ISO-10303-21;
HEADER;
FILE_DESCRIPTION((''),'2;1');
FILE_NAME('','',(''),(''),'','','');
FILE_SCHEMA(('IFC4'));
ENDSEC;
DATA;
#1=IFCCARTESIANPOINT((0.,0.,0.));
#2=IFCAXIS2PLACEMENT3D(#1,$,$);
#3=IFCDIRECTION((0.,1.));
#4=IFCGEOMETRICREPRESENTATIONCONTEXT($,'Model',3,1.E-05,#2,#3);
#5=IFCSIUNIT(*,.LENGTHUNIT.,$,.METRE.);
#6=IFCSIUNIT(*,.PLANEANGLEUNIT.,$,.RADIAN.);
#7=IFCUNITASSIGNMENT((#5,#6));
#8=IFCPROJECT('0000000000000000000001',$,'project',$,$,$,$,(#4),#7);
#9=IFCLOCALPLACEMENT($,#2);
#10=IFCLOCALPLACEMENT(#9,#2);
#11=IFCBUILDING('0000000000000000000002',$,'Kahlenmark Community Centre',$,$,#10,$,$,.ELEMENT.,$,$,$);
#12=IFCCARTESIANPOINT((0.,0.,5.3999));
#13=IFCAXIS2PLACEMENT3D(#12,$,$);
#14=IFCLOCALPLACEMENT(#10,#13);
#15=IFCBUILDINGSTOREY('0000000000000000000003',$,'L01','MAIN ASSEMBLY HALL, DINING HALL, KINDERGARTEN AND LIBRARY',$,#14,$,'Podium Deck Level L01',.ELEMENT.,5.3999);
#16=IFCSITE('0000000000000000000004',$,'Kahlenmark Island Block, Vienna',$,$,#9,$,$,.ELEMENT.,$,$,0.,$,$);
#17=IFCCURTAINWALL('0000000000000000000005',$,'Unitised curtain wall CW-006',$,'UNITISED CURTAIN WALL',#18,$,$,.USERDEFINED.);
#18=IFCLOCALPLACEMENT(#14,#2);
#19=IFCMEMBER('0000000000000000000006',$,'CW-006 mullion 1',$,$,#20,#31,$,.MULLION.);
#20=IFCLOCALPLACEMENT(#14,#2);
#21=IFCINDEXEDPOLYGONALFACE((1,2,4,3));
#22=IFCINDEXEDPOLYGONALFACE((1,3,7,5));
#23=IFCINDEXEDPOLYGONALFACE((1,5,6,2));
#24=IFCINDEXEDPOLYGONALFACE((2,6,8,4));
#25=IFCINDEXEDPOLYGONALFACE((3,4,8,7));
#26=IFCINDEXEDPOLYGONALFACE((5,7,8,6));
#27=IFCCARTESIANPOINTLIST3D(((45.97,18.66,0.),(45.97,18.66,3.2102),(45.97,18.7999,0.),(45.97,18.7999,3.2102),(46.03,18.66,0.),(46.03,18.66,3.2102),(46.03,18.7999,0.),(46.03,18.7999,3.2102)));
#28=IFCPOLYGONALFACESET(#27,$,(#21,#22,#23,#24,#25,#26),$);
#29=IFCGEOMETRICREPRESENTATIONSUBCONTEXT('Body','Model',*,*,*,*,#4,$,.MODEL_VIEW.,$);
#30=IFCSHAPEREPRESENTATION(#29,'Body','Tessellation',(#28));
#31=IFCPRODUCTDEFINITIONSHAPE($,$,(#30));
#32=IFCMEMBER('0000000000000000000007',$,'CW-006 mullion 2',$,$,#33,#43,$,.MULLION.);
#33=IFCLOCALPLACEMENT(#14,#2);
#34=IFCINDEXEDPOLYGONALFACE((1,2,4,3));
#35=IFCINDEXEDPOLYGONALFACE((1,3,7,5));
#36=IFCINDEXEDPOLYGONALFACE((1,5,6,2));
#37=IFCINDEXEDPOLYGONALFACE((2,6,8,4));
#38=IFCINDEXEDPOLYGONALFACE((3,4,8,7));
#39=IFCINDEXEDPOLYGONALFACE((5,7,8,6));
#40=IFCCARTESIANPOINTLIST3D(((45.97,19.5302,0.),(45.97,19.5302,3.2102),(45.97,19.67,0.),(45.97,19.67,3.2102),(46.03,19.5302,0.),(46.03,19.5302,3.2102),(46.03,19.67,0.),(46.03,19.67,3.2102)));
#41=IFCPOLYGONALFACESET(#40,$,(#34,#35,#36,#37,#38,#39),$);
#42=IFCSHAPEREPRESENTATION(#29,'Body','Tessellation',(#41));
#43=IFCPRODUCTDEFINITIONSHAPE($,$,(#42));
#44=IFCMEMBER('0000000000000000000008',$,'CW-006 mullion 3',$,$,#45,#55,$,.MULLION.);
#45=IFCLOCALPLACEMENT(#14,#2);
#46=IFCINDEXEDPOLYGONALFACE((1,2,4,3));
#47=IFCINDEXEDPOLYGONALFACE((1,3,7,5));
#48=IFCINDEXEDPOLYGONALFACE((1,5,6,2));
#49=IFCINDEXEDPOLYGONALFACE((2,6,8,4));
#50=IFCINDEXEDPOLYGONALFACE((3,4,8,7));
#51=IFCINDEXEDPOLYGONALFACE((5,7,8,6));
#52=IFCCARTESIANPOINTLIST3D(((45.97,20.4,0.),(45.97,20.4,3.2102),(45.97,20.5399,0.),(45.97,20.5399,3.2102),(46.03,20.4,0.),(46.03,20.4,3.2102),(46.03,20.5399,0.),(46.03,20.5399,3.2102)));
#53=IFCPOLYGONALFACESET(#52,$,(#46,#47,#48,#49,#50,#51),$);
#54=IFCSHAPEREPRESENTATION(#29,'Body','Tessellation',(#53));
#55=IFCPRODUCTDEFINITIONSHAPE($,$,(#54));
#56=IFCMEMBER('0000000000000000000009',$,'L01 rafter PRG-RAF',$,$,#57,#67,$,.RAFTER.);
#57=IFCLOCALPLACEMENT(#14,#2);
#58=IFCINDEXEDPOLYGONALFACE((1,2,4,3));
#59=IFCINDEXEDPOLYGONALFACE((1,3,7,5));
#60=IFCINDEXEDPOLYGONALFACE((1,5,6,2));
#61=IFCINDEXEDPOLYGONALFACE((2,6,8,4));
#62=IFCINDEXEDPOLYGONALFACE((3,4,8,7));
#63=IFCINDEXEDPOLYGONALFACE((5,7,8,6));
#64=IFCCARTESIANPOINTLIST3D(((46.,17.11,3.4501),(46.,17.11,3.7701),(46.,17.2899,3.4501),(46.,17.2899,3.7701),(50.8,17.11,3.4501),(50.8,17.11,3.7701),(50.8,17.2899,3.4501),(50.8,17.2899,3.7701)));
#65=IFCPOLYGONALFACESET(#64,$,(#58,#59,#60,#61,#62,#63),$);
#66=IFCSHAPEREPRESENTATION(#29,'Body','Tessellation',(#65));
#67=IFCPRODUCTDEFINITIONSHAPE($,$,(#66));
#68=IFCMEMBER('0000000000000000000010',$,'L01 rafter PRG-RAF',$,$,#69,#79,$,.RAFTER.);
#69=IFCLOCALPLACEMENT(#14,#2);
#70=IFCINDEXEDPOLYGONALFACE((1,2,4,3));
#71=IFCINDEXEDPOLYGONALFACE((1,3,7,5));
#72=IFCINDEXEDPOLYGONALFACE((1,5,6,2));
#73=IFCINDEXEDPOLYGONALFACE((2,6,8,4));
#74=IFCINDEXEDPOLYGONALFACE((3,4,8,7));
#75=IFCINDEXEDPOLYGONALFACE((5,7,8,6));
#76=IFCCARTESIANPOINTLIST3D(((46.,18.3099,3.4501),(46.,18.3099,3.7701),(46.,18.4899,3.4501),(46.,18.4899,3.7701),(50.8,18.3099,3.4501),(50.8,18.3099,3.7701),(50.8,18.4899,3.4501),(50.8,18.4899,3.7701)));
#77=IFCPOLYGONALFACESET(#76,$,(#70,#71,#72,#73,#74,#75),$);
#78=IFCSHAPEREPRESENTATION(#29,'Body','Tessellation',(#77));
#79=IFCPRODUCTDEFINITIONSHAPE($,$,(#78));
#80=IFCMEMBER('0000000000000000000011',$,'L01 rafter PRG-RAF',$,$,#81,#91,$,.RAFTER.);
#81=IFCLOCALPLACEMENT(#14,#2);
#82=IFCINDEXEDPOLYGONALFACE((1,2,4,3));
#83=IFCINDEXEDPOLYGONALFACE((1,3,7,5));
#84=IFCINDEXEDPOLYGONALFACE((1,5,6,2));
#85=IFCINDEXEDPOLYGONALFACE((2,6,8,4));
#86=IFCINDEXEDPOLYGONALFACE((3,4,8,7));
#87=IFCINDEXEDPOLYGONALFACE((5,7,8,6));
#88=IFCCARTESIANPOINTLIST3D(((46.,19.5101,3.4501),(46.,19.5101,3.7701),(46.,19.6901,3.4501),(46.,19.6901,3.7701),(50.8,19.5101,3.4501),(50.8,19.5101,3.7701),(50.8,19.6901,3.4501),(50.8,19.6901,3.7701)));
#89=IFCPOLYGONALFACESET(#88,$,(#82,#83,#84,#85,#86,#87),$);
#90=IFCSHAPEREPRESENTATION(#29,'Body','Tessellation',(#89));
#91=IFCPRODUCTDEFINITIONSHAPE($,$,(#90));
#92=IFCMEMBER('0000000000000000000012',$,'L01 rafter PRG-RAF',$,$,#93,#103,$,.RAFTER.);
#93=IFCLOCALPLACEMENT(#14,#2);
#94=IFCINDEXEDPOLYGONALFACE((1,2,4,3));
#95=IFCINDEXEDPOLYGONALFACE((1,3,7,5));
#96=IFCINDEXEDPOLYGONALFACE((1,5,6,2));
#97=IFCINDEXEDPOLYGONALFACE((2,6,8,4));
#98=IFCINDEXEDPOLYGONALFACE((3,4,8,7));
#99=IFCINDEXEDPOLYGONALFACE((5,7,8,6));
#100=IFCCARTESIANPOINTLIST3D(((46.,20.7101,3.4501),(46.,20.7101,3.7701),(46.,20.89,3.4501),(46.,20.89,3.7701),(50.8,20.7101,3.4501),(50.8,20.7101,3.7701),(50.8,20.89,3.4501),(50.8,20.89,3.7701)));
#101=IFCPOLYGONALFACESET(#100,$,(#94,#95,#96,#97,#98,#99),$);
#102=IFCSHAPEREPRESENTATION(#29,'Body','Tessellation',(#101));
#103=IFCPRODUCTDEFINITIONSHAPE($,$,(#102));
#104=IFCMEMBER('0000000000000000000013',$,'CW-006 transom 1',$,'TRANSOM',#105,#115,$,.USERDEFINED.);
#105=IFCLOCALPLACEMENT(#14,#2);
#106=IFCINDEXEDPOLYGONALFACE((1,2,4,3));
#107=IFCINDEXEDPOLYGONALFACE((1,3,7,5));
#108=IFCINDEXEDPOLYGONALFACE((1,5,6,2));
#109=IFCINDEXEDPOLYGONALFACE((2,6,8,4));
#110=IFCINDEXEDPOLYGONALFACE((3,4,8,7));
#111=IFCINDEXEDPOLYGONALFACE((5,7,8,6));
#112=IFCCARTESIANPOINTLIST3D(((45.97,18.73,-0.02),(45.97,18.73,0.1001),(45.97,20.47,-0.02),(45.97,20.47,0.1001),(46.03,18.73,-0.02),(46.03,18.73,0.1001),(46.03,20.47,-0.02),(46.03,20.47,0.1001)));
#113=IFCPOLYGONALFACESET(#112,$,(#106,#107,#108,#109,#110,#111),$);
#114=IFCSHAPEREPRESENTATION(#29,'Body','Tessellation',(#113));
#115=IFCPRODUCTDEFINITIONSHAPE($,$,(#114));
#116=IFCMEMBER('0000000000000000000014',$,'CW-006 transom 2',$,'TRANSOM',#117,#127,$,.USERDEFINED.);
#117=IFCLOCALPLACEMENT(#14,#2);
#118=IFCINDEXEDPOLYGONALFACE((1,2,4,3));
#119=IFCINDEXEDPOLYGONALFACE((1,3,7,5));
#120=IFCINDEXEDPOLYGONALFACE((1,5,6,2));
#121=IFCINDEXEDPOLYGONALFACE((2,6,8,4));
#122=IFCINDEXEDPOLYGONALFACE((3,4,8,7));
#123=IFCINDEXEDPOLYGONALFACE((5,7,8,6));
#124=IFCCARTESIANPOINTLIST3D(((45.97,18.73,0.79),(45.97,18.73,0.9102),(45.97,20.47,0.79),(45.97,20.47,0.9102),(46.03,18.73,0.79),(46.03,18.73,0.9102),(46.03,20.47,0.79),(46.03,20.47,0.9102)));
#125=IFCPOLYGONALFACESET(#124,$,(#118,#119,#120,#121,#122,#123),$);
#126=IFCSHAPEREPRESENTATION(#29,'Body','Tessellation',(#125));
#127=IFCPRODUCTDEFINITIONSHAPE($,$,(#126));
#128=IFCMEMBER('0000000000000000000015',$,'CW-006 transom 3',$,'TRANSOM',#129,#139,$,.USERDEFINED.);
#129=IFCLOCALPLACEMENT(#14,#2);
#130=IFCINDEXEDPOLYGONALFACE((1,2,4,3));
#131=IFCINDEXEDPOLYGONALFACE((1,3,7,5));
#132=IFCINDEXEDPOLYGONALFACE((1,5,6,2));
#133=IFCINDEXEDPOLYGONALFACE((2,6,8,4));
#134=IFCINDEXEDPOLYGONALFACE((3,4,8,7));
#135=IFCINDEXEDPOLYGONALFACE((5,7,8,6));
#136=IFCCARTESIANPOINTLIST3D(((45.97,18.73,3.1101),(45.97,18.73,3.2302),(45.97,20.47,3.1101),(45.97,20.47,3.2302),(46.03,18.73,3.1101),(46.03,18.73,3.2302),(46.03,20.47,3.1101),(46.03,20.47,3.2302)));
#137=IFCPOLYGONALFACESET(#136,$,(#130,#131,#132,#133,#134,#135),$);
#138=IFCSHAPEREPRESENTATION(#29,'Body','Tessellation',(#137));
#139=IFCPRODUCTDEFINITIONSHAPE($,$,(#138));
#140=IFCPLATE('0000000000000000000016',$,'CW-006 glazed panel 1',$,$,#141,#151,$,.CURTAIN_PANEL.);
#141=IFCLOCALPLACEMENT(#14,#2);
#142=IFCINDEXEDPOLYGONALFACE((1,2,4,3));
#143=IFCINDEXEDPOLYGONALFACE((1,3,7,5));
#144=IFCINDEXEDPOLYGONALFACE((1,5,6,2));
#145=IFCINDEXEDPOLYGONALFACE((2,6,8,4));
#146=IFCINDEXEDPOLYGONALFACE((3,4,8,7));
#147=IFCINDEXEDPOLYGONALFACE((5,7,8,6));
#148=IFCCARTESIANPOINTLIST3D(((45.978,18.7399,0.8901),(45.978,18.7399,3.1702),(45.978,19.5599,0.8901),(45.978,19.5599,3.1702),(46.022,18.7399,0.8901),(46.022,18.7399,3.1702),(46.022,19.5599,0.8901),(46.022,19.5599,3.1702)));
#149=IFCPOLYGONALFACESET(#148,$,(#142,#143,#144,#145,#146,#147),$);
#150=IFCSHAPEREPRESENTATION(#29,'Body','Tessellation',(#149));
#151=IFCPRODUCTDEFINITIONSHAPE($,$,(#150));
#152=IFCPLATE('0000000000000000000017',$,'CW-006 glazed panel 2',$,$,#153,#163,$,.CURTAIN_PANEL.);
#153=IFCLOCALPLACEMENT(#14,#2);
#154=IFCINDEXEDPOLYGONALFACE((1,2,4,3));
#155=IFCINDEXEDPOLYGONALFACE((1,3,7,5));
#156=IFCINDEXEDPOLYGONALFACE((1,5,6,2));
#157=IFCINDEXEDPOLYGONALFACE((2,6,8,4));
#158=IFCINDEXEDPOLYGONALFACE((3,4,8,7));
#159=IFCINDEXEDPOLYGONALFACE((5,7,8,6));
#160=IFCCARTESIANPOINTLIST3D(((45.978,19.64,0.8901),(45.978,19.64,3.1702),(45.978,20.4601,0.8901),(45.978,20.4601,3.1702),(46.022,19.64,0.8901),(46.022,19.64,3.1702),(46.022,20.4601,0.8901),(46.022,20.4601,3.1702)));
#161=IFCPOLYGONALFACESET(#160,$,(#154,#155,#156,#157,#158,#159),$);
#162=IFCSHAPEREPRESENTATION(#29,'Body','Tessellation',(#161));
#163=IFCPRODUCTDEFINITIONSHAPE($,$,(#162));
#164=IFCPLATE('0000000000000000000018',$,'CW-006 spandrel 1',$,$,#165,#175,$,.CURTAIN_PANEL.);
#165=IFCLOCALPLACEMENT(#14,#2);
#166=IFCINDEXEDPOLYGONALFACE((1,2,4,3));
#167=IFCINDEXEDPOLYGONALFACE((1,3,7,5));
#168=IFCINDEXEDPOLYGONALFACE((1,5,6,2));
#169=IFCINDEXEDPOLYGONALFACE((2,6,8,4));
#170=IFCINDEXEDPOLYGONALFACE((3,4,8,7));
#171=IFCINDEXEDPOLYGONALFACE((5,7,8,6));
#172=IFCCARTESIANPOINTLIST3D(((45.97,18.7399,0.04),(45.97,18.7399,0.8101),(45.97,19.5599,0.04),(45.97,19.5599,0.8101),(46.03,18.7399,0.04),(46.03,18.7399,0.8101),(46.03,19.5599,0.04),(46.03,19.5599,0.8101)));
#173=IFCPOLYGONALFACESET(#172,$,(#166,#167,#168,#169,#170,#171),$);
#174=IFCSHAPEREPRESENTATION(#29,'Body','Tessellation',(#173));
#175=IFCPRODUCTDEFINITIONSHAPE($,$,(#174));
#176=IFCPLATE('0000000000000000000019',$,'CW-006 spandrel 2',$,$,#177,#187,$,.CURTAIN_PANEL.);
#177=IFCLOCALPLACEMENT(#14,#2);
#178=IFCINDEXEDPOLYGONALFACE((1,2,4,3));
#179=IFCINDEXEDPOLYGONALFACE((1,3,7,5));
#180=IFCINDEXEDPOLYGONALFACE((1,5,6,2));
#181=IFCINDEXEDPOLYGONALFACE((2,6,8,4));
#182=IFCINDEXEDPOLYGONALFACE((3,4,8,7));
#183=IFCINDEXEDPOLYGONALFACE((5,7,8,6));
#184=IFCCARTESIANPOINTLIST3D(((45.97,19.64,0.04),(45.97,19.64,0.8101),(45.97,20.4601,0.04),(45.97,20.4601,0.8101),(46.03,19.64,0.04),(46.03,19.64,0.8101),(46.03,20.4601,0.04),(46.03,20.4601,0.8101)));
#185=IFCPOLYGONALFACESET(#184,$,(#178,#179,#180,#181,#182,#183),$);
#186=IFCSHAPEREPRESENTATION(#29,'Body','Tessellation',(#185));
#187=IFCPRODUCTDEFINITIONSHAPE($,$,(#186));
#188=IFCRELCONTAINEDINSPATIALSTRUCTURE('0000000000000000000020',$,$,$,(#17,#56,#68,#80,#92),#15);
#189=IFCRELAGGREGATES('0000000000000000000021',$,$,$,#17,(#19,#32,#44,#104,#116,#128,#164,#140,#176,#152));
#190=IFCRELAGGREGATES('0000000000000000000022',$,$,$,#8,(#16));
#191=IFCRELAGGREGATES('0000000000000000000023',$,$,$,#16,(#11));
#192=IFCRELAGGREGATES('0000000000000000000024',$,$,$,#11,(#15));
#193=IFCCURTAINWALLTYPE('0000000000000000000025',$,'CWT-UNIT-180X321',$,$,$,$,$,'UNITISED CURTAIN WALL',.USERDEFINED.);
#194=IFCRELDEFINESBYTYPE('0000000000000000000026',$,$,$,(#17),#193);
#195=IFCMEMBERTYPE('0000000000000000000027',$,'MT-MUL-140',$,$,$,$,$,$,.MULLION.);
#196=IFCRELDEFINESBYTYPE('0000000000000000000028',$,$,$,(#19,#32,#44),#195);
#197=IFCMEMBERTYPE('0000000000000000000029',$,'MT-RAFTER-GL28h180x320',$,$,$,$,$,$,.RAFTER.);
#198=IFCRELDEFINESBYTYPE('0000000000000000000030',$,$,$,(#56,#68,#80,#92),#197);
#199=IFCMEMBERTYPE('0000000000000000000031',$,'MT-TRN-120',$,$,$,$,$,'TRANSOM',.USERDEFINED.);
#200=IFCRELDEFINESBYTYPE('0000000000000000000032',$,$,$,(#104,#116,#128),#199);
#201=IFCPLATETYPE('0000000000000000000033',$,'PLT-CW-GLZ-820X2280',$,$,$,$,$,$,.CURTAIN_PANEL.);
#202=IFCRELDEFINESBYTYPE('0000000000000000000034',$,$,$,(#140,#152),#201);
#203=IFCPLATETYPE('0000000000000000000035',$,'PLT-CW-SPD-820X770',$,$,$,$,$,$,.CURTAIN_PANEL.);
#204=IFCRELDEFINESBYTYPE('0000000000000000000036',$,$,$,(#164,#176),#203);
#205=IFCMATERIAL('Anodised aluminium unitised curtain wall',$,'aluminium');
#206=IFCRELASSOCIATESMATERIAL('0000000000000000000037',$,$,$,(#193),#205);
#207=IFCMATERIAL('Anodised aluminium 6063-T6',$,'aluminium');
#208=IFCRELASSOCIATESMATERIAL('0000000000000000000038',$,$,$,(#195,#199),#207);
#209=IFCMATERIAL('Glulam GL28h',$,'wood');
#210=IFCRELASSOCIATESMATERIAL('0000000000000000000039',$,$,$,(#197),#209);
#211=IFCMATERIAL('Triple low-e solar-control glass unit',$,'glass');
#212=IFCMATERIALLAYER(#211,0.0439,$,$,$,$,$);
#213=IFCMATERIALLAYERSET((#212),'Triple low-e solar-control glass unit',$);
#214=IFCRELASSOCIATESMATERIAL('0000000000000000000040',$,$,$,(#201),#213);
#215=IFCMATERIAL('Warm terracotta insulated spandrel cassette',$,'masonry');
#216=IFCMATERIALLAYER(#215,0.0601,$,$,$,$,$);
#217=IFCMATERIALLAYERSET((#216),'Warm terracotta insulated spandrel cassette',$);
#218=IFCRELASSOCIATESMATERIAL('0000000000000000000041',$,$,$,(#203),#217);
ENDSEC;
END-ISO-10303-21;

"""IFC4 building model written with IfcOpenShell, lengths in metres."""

from ifc_helpers import new_model, si_unit, direction, frame, origin, origin_2d, place, context, subcontext, project, spatial, rectangle, extrude, material, layer, layer_set, material_profile, profile_set, type_object, element, aggregate, save


model = new_model("IFC4")

# Units and contexts
model_context = context("Model", 3, precision=1e-05, world=origin(), true_north=direction((0.0, 1.0)))
body_context = subcontext(model_context, "Body", "Model", "MODEL_VIEW")
ifc_project = project(units=[si_unit("LENGTHUNIT", "METRE"), si_unit("PLANEANGLEUNIT", "RADIAN")], contexts=[model_context])

# Site, building, storey
site_placement = place(None, origin())
site = spatial("IfcSite", under=ifc_project, at=site_placement, Name="Kahlenmark Island Block, Vienna", CompositionType="ELEMENT", RefElevation=0.0)
building_placement = place(site_placement, origin())
building = spatial("IfcBuilding", under=site, at=building_placement, Name="Kahlenmark Community Centre", CompositionType="ELEMENT")
storey_placement = place(building_placement, frame((0.0, 0.0, 5.3999)))
storey = spatial("IfcBuildingStorey", under=building, at=storey_placement, Name="L01", Description="MAIN ASSEMBLY HALL, DINING HALL, KINDERGARTEN AND LIBRARY", LongName="Podium Deck Level L01", CompositionType="ELEMENT", Elevation=5.3999)

# Curtain wall, members
ifc_material_1 = material(Name="Anodised aluminium unitised curtain wall", Category="aluminium")
curtain_wall_type = type_object("IfcCurtainWallType", Name="CWT-UNIT-180X321", ElementType="UNITISED CURTAIN WALL", PredefinedType="USERDEFINED", material=ifc_material_1)
curtain_wall_placement = place(storey_placement, origin())
curtain_wall = element("IfcCurtainWall", 1, at=curtain_wall_placement, inside=storey, type_object=curtain_wall_type, Name="Unitised curtain wall CW-006", ObjectType="UNITISED CURTAIN WALL", PredefinedType="USERDEFINED")
ifc_material_2 = material(Name="Anodised aluminium 6063-T6", Category="aluminium")
ifc_material_profile_1 = material_profile(ifc_material_2, rectangle(XDim=0.0601, YDim=0.1399, at=origin_2d()), Name="ALU MULLION 60x140")
ifc_profile_set_1 = profile_set([ifc_material_profile_1], Name="Anodised aluminium 6063-T6")
member_type_1 = type_object("IfcMemberType", Name="MT-MUL-140", PredefinedType="MULLION", material=ifc_profile_set_1)
member_1_placement = place(storey_placement, frame((46.0, 18.73, 0.0), z_axis=(0.0, 0.0, 1.0), x_axis=(-1.0, 0.0, 0.0)))
member_1 = element("IfcMember", 2, at=member_1_placement, type_object=member_type_1, Name="CW-006 mullion 1", PredefinedType="MULLION", context=body_context, shape_type="SweptSolid", body=[
    extrude(rectangle(XDim=0.0601, YDim=0.1399, at=origin_2d()), origin(), (0.0, 0.0, 1.0), 3.2102),
])
member_2_placement = place(storey_placement, frame((46.0, 19.6001, 0.0), z_axis=(0.0, 0.0, 1.0), x_axis=(-1.0, 0.0, 0.0)))
member_2 = element("IfcMember", 3, at=member_2_placement, type_object=member_type_1, Name="CW-006 mullion 2", PredefinedType="MULLION", context=body_context, shape_type="SweptSolid", body=[
    extrude(rectangle(XDim=0.0601, YDim=0.1399, at=origin_2d()), origin(), (0.0, 0.0, 1.0), 3.2102),
])
member_3_placement = place(storey_placement, frame((46.0, 20.47, 0.0), z_axis=(0.0, 0.0, 1.0), x_axis=(-1.0, 0.0, 0.0)))
member_3 = element("IfcMember", 4, at=member_3_placement, type_object=member_type_1, Name="CW-006 mullion 3", PredefinedType="MULLION", context=body_context, shape_type="SweptSolid", body=[
    extrude(rectangle(XDim=0.0601, YDim=0.1399, at=origin_2d()), origin(), (0.0, 0.0, 1.0), 3.2102),
])

# Members
ifc_material_3 = material(Name="Glulam GL28h", Category="wood")
ifc_material_profile_2 = material_profile(ifc_material_3, rectangle(XDim=0.1799, YDim=0.3201, at=origin_2d()), Name="GL28h 180x320")
ifc_profile_set_2 = profile_set([ifc_material_profile_2], Name="Glulam GL28h")
member_type_2 = type_object("IfcMemberType", Name="MT-RAFTER-GL28h180x320", PredefinedType="RAFTER", material=ifc_profile_set_2)
for number, where, z_axis, x_axis, name in (
    (5, (46.0, 17.2, 3.6101), (1.0, 0.0, 0.0), (0.0, 1.0, 0.0), "L01 rafter PRG-RAF"),
    (6, (46.0, 18.3999, 3.6101), (1.0, 0.0, 0.0), (0.0, 1.0, 0.0), "L01 rafter PRG-RAF"),
    (7, (46.0, 19.6001, 3.6101), (1.0, 0.0, 0.0), (0.0, 1.0, 0.0), "L01 rafter PRG-RAF"),
    (8, (46.0, 20.8, 3.6101), (1.0, 0.0, 0.0), (0.0, 1.0, 0.0), "L01 rafter PRG-RAF"),
):
    element("IfcMember", number, at=place(storey_placement, frame(where, z_axis=z_axis, x_axis=x_axis)), inside=storey, type_object=member_type_2, Name=name, PredefinedType="RAFTER", context=body_context, shape_type="SweptSolid", body=[
        extrude(rectangle(XDim=0.1799, YDim=0.3201, at=origin_2d()), origin(), (0.0, 0.0, 1.0), 4.8),
    ])

# Members
ifc_material_profile_3 = material_profile(ifc_material_2, rectangle(XDim=0.0601, YDim=0.1201, at=origin_2d()), Name="ALU TRANSOM 60x120")
ifc_profile_set_3 = profile_set([ifc_material_profile_3], Name="Anodised aluminium 6063-T6")
member_type_3 = type_object("IfcMemberType", Name="MT-TRN-120", ElementType="TRANSOM", PredefinedType="USERDEFINED", material=ifc_profile_set_3)
member_4_placement = place(storey_placement, frame((46.0, 18.73, 0.04), z_axis=(0.0, 1.0, 0.0), x_axis=(-1.0, 0.0, 0.0)))
member_4 = element("IfcMember", 9, at=member_4_placement, type_object=member_type_3, Name="CW-006 transom 1", ObjectType="TRANSOM", PredefinedType="USERDEFINED", context=body_context, shape_type="SweptSolid", body=[
    extrude(rectangle(XDim=0.0601, YDim=0.1201, at=origin_2d()), origin(), (0.0, 0.0, 1.0), 1.74),
])
member_5_placement = place(storey_placement, frame((46.0, 18.73, 0.8501), z_axis=(0.0, 1.0, 0.0), x_axis=(-1.0, 0.0, 0.0)))
member_5 = element("IfcMember", 10, at=member_5_placement, type_object=member_type_3, Name="CW-006 transom 2", ObjectType="TRANSOM", PredefinedType="USERDEFINED", context=body_context, shape_type="SweptSolid", body=[
    extrude(rectangle(XDim=0.0601, YDim=0.1201, at=origin_2d()), origin(), (0.0, 0.0, 1.0), 1.74),
])
member_6_placement = place(storey_placement, frame((46.0, 18.73, 3.1702), z_axis=(0.0, 1.0, 0.0), x_axis=(-1.0, 0.0, 0.0)))
member_6 = element("IfcMember", 11, at=member_6_placement, type_object=member_type_3, Name="CW-006 transom 3", ObjectType="TRANSOM", PredefinedType="USERDEFINED", context=body_context, shape_type="SweptSolid", body=[
    extrude(rectangle(XDim=0.0601, YDim=0.1201, at=origin_2d()), origin(), (0.0, 0.0, 1.0), 1.74),
])

# Plates
ifc_material_4 = material(Name="Triple low-e solar-control glass unit", Category="glass")
ifc_layer_1 = layer(ifc_material_4, 0.0439)
ifc_layer_set_1 = layer_set([ifc_layer_1], Name="Triple low-e solar-control glass unit")
plate_type_1 = type_object("IfcPlateType", Name="PLT-CW-GLZ-820X2280", PredefinedType="CURTAIN_PANEL", material=ifc_layer_set_1)
plate_1_placement = place(storey_placement, frame((46.0, 19.1499, 0.8901), z_axis=(0.0, 0.0, 1.0), x_axis=(0.0, 1.0, 0.0)))
plate_1 = element("IfcPlate", 12, at=plate_1_placement, type_object=plate_type_1, Name="CW-006 glazed panel 1", PredefinedType="CURTAIN_PANEL", context=body_context, shape_type="SweptSolid", body=[
    extrude(rectangle(XDim=0.8201, YDim=0.0439, at=origin_2d()), origin(), (0.0, 0.0, 1.0), 2.28),
])
plate_2_placement = place(storey_placement, frame((46.0, 20.05, 0.8901), z_axis=(0.0, 0.0, 1.0), x_axis=(0.0, 1.0, 0.0)))
plate_2 = element("IfcPlate", 13, at=plate_2_placement, type_object=plate_type_1, Name="CW-006 glazed panel 2", PredefinedType="CURTAIN_PANEL", context=body_context, shape_type="SweptSolid", body=[
    extrude(rectangle(XDim=0.8201, YDim=0.0439, at=origin_2d()), origin(), (0.0, 0.0, 1.0), 2.28),
])
ifc_material_5 = material(Name="Warm terracotta insulated spandrel cassette", Category="masonry")
ifc_layer_2 = layer(ifc_material_5, 0.0601)
ifc_layer_set_2 = layer_set([ifc_layer_2], Name="Warm terracotta insulated spandrel cassette")
plate_type_2 = type_object("IfcPlateType", Name="PLT-CW-SPD-820X770", PredefinedType="CURTAIN_PANEL", material=ifc_layer_set_2)
plate_3_placement = place(storey_placement, frame((46.0, 19.1499, 0.04), z_axis=(0.0, 0.0, 1.0), x_axis=(0.0, 1.0, 0.0)))
plate_3 = element("IfcPlate", 14, at=plate_3_placement, type_object=plate_type_2, Name="CW-006 spandrel 1", PredefinedType="CURTAIN_PANEL", context=body_context, shape_type="SweptSolid", body=[
    extrude(rectangle(XDim=0.8201, YDim=0.0601, at=origin_2d()), origin(), (0.0, 0.0, 1.0), 0.77),
])
plate_4_placement = place(storey_placement, frame((46.0, 20.05, 0.04), z_axis=(0.0, 0.0, 1.0), x_axis=(0.0, 1.0, 0.0)))
plate_4 = element("IfcPlate", 15, at=plate_4_placement, type_object=plate_type_2, Name="CW-006 spandrel 2", PredefinedType="CURTAIN_PANEL", context=body_context, shape_type="SweptSolid", body=[
    extrude(rectangle(XDim=0.8201, YDim=0.0601, at=origin_2d()), origin(), (0.0, 0.0, 1.0), 0.77),
])
aggregate(curtain_wall, [member_1, member_2, member_3, member_4, member_5, member_6, plate_3, plate_1, plate_4, plate_2])

save(model, "model.ifc")
